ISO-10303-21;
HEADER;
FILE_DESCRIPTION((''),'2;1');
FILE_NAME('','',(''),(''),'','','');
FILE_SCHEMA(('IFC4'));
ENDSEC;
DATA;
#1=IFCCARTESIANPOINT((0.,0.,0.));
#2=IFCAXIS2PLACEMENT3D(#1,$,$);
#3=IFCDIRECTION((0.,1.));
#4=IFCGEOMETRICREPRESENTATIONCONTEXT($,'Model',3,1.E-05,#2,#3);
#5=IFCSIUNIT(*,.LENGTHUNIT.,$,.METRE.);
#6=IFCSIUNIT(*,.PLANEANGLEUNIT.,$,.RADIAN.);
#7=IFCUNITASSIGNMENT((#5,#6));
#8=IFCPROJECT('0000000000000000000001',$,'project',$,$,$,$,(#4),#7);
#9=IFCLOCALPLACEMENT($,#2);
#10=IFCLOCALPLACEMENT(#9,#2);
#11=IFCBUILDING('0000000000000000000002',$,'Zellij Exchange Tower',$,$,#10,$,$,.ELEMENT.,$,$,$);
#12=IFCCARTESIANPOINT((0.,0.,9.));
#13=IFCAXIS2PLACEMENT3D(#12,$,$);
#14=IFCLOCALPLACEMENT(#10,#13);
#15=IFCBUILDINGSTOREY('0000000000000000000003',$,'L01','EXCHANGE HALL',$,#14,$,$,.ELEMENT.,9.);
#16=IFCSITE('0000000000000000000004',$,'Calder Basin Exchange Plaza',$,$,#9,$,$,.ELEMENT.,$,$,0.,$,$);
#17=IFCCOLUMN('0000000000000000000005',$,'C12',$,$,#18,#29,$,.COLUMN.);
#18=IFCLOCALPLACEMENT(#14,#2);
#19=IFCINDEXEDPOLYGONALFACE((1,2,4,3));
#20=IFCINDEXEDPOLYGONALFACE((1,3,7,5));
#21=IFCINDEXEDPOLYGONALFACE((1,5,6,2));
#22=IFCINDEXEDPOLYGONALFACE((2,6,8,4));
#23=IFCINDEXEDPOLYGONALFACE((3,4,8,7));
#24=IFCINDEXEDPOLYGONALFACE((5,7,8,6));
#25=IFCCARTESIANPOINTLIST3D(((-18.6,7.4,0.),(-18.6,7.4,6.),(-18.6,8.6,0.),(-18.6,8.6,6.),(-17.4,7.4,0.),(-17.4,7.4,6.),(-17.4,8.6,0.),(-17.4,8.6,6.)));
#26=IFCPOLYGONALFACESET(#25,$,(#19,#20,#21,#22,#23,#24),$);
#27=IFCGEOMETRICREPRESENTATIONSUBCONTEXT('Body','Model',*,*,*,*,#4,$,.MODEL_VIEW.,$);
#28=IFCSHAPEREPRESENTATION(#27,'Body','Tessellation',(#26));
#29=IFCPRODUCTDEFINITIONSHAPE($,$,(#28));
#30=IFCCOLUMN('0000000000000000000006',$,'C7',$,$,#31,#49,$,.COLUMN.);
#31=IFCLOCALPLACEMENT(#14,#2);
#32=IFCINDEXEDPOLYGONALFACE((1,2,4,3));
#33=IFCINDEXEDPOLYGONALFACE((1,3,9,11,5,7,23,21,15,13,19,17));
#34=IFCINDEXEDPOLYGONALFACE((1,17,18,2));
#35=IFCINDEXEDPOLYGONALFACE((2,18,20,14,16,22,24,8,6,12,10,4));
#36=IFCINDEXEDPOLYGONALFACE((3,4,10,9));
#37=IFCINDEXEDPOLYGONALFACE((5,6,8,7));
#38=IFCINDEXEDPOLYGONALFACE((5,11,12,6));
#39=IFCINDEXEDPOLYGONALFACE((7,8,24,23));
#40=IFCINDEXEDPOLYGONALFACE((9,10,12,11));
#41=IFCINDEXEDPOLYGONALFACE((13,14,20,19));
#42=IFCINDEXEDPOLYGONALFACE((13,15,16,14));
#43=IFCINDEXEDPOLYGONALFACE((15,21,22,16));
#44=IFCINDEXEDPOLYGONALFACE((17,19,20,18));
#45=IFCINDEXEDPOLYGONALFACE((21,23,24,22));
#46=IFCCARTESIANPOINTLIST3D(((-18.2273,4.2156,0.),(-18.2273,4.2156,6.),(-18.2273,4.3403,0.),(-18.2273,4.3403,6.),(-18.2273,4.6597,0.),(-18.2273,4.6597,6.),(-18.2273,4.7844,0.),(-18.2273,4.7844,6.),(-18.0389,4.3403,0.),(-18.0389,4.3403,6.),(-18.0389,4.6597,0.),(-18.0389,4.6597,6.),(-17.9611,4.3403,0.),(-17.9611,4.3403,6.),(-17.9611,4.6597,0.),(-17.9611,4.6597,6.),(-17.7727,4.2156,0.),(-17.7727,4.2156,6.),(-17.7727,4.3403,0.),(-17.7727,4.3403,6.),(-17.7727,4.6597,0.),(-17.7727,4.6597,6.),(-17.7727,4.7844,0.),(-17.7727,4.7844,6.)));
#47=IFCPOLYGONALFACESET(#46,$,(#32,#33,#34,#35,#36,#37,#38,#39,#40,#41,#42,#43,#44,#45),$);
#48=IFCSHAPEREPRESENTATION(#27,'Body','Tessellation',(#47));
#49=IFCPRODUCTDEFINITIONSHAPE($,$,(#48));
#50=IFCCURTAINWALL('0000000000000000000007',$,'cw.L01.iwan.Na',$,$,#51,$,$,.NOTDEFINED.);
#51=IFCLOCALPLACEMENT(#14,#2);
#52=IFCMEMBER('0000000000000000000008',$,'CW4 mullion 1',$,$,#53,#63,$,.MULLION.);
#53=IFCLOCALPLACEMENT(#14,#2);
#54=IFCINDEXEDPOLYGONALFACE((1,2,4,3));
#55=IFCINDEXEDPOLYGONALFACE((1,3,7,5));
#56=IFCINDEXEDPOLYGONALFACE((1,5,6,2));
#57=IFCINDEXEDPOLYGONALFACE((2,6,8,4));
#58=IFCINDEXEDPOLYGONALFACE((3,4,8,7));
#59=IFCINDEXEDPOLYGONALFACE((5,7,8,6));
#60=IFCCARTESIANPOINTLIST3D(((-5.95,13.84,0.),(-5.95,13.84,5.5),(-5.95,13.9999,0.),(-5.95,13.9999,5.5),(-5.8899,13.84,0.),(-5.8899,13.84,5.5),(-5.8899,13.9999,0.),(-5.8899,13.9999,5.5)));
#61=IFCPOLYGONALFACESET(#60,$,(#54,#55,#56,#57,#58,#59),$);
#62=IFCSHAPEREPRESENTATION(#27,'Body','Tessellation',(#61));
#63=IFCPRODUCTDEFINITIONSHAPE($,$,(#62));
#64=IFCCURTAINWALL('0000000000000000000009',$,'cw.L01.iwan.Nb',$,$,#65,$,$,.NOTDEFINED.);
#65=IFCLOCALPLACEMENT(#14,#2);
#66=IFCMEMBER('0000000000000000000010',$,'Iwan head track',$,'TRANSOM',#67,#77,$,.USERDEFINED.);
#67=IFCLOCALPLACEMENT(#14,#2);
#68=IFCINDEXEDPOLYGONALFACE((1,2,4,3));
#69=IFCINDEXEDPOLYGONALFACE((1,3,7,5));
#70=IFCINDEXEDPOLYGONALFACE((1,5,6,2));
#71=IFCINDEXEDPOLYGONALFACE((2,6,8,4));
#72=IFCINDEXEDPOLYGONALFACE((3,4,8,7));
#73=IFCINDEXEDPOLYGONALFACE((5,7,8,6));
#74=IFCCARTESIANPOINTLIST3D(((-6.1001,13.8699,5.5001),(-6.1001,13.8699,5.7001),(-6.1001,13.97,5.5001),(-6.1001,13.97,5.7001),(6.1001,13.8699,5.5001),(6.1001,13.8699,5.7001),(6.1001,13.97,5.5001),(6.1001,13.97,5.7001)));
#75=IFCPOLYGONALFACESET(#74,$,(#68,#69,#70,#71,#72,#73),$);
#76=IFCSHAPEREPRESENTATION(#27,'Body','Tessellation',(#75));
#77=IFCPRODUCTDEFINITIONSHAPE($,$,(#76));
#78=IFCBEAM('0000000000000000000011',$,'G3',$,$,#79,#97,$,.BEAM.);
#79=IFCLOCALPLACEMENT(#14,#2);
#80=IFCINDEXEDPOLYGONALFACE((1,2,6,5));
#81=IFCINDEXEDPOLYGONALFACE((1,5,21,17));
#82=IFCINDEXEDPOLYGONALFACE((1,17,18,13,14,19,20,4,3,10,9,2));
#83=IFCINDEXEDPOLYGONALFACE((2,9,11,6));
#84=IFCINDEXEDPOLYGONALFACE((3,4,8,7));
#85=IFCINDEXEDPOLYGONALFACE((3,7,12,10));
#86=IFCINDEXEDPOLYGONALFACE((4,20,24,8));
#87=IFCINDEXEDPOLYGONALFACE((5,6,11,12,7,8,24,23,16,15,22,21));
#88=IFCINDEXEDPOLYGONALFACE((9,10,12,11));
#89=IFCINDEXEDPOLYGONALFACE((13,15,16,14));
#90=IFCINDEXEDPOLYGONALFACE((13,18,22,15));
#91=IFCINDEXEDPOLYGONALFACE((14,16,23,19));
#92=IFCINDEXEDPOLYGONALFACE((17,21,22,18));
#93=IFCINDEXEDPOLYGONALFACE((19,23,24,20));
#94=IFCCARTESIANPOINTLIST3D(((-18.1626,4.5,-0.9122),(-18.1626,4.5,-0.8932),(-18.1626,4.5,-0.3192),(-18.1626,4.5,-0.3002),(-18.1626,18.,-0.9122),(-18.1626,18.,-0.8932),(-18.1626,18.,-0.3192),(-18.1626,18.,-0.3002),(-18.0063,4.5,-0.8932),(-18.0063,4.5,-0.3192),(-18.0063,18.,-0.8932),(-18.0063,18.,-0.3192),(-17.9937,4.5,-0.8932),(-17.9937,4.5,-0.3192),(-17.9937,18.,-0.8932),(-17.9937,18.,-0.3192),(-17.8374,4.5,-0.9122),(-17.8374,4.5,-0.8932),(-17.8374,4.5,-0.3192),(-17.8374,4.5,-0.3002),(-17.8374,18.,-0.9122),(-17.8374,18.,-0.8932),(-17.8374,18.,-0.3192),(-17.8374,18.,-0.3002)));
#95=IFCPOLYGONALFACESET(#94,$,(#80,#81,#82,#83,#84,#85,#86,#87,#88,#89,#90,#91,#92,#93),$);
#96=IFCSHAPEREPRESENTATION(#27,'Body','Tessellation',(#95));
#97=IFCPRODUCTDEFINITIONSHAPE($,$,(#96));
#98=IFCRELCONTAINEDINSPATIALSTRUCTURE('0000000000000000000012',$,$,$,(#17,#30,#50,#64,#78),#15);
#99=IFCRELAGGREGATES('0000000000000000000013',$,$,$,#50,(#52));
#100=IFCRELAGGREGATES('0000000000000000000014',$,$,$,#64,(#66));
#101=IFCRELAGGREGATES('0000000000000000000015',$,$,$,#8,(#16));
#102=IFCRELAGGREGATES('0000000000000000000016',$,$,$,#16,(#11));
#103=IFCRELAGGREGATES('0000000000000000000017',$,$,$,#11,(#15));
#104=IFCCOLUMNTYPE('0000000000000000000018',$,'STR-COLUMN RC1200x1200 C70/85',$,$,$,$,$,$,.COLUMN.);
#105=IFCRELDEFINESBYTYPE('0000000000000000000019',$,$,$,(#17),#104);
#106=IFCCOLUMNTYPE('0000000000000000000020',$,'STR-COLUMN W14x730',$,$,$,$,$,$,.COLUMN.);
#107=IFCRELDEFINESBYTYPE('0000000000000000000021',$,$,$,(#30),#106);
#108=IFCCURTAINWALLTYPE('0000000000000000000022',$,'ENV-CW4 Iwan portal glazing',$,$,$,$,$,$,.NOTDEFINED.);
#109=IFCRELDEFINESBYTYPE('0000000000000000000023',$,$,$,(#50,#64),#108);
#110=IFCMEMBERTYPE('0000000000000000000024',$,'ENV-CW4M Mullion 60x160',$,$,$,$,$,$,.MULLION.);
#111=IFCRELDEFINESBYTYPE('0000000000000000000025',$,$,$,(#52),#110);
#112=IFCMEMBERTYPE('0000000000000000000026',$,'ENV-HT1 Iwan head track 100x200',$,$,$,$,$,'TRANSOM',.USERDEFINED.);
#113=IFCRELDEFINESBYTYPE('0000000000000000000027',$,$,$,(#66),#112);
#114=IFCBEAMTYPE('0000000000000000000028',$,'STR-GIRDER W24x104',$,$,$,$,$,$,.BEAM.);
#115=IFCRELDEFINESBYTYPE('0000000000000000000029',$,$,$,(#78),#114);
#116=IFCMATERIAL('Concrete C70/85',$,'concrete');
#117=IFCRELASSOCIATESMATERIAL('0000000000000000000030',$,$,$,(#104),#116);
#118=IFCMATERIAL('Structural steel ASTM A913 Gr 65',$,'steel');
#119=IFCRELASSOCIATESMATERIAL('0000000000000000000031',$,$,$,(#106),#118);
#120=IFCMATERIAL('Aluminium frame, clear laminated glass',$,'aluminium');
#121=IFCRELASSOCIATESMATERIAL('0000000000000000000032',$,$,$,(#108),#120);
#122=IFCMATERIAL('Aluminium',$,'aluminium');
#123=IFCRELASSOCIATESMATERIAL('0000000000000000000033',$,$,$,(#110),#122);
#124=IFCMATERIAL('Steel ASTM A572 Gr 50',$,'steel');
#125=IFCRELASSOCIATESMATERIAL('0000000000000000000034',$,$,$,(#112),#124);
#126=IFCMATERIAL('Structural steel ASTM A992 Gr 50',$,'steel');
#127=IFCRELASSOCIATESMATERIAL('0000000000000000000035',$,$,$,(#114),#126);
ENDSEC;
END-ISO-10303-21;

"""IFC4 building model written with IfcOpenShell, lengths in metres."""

from ifc_helpers import new_model, si_unit, direction, frame, origin, origin_2d, place, context, subcontext, project, spatial, rectangle, i_section, extrude, material, material_profile, profile_set, type_object, element, aggregate, save


model = new_model("IFC4")

# Units and contexts
model_context = context("Model", 3, precision=1e-05, world=origin(), true_north=direction((0.0, 1.0)))
body_context = subcontext(model_context, "Body", "Model", "MODEL_VIEW")
ifc_project = project(units=[si_unit("LENGTHUNIT", "METRE"), si_unit("PLANEANGLEUNIT", "RADIAN")], contexts=[model_context])

# Site, building, storey
site_placement = place(None, origin())
site = spatial("IfcSite", under=ifc_project, at=site_placement, Name="Calder Basin Exchange Plaza", CompositionType="ELEMENT", RefElevation=0.0)
building_placement = place(site_placement, origin())
building = spatial("IfcBuilding", under=site, at=building_placement, Name="Zellij Exchange Tower", CompositionType="ELEMENT")
storey_placement = place(building_placement, frame((0.0, 0.0, 9.0)))
storey = spatial("IfcBuildingStorey", under=building, at=storey_placement, Name="L01", Description="EXCHANGE HALL", CompositionType="ELEMENT", Elevation=9.0)

# Columns
ifc_material_1 = material(Name="Concrete C70/85", Category="concrete")
ifc_material_profile_1 = material_profile(ifc_material_1, rectangle(XDim=1.2, YDim=1.2, at=origin_2d()), Name="STR-COLUMN RC1200x1200 C70/85")
ifc_profile_set_1 = profile_set([ifc_material_profile_1], Name="Concrete C70/85")
column_type_1 = type_object("IfcColumnType", Name="STR-COLUMN RC1200x1200 C70/85", PredefinedType="COLUMN", material=ifc_profile_set_1)
column_1_placement = place(storey_placement, frame((-18.0, 8.0, 0.0), z_axis=(0.0, 0.0, 1.0), x_axis=(1.0, 0.0, 0.0)))
element("IfcColumn", 1, at=column_1_placement, inside=storey, type_object=column_type_1, Name="C12", PredefinedType="COLUMN", context=body_context, shape_type="SweptSolid", body=[
    extrude(rectangle(XDim=1.2, YDim=1.2, at=origin_2d()), origin(), (0.0, 0.0, 1.0), 6.0),
])
ifc_material_2 = material(Name="Structural steel ASTM A913 Gr 65", Category="steel")
ifc_material_profile_2 = material_profile(ifc_material_2, i_section(OverallWidth=0.4546, OverallDepth=0.5688, WebThickness=0.0779, FlangeThickness=0.1248, at=origin_2d()), Name="W14x730")
ifc_profile_set_2 = profile_set([ifc_material_profile_2], Name="Structural steel ASTM A913 Gr 65")
column_type_2 = type_object("IfcColumnType", Name="STR-COLUMN W14x730", PredefinedType="COLUMN", material=ifc_profile_set_2)
column_2_placement = place(storey_placement, frame((-18.0, 4.5, 0.0), z_axis=(0.0, 0.0, 1.0), x_axis=(1.0, 0.0, 0.0)))
element("IfcColumn", 2, at=column_2_placement, inside=storey, type_object=column_type_2, Name="C7", PredefinedType="COLUMN", context=body_context, shape_type="SweptSolid", body=[
    extrude(i_section(OverallWidth=0.4546, OverallDepth=0.5688, WebThickness=0.0779, FlangeThickness=0.1248, at=origin_2d()), origin(), (0.0, 0.0, 1.0), 6.0),
])

# Curtain walls, members
ifc_material_3 = material(Name="Aluminium frame, clear laminated glass", Category="aluminium")
curtain_wall_type = type_object("IfcCurtainWallType", Name="ENV-CW4 Iwan portal glazing", PredefinedType="NOTDEFINED", material=ifc_material_3)
curtain_wall_1_placement = place(storey_placement, origin())
curtain_wall_1 = element("IfcCurtainWall", 3, at=curtain_wall_1_placement, inside=storey, type_object=curtain_wall_type, Name="cw.L01.iwan.Na", PredefinedType="NOTDEFINED")
ifc_material_4 = material(Name="Aluminium", Category="aluminium")
ifc_material_profile_3 = material_profile(ifc_material_4, rectangle(XDim=0.0601, YDim=0.1599, at=origin_2d()), Name="AL 60x160")
ifc_profile_set_3 = profile_set([ifc_material_profile_3], Name="Aluminium")
member_type_1 = type_object("IfcMemberType", Name="ENV-CW4M Mullion 60x160", PredefinedType="MULLION", material=ifc_profile_set_3)
member_1_placement = place(storey_placement, frame((-5.9199, 13.9199, 0.0), z_axis=(0.0, 0.0, 1.0), x_axis=(1.0, 0.0, 0.0)))
member_1 = element("IfcMember", 4, at=member_1_placement, type_object=member_type_1, Name="CW4 mullion 1", PredefinedType="MULLION", context=body_context, shape_type="SweptSolid", body=[
    extrude(rectangle(XDim=0.0601, YDim=0.1599, at=origin_2d()), origin(), (0.0, 0.0, 1.0), 5.5),
])
aggregate(curtain_wall_1, [member_1])
curtain_wall_2_placement = place(storey_placement, origin())
curtain_wall_2 = element("IfcCurtainWall", 5, at=curtain_wall_2_placement, inside=storey, type_object=curtain_wall_type, Name="cw.L01.iwan.Nb", PredefinedType="NOTDEFINED")
ifc_material_5 = material(Name="Steel ASTM A572 Gr 50", Category="steel")
ifc_material_profile_4 = material_profile(ifc_material_5, rectangle(XDim=0.1001, YDim=0.2, at=origin_2d()), Name="HT 100x200")
ifc_profile_set_4 = profile_set([ifc_material_profile_4], Name="Steel ASTM A572 Gr 50")
member_type_2 = type_object("IfcMemberType", Name="ENV-HT1 Iwan head track 100x200", ElementType="TRANSOM", PredefinedType="USERDEFINED", material=ifc_profile_set_4)
member_2_placement = place(storey_placement, frame((-6.1001, 13.9199, 5.6001), z_axis=(1.0, 0.0, 0.0), x_axis=(0.0, 1.0, 0.0)))
member_2 = element("IfcMember", 6, at=member_2_placement, type_object=member_type_2, Name="Iwan head track", ObjectType="TRANSOM", PredefinedType="USERDEFINED", context=body_context, shape_type="SweptSolid", body=[
    extrude(rectangle(XDim=0.1001, YDim=0.2, at=origin_2d()), origin(), (0.0, 0.0, 1.0), 12.2002),
])
aggregate(curtain_wall_2, [member_2])

# Beam
ifc_material_6 = material(Name="Structural steel ASTM A992 Gr 50", Category="steel")
ifc_material_profile_5 = material_profile(ifc_material_6, i_section(OverallWidth=0.3252, OverallDepth=0.6121, WebThickness=0.0127, FlangeThickness=0.019, at=origin_2d()), Name="W24x104")
ifc_profile_set_5 = profile_set([ifc_material_profile_5], Name="Structural steel ASTM A992 Gr 50")
beam_type = type_object("IfcBeamType", Name="STR-GIRDER W24x104", PredefinedType="BEAM", material=ifc_profile_set_5)
beam_placement = place(storey_placement, frame((-18.0, 4.5, -0.6062), z_axis=(0.0, 1.0, 0.0), x_axis=(-1.0, 0.0, 0.0)))
element("IfcBeam", 7, at=beam_placement, inside=storey, type_object=beam_type, Name="G3", PredefinedType="BEAM", context=body_context, shape_type="SweptSolid", body=[
    extrude(i_section(OverallWidth=0.3252, OverallDepth=0.6121, WebThickness=0.0127, FlangeThickness=0.019, at=origin_2d()), origin(), (0.0, 0.0, 1.0), 13.5),
])

save(model, "model.ifc")
